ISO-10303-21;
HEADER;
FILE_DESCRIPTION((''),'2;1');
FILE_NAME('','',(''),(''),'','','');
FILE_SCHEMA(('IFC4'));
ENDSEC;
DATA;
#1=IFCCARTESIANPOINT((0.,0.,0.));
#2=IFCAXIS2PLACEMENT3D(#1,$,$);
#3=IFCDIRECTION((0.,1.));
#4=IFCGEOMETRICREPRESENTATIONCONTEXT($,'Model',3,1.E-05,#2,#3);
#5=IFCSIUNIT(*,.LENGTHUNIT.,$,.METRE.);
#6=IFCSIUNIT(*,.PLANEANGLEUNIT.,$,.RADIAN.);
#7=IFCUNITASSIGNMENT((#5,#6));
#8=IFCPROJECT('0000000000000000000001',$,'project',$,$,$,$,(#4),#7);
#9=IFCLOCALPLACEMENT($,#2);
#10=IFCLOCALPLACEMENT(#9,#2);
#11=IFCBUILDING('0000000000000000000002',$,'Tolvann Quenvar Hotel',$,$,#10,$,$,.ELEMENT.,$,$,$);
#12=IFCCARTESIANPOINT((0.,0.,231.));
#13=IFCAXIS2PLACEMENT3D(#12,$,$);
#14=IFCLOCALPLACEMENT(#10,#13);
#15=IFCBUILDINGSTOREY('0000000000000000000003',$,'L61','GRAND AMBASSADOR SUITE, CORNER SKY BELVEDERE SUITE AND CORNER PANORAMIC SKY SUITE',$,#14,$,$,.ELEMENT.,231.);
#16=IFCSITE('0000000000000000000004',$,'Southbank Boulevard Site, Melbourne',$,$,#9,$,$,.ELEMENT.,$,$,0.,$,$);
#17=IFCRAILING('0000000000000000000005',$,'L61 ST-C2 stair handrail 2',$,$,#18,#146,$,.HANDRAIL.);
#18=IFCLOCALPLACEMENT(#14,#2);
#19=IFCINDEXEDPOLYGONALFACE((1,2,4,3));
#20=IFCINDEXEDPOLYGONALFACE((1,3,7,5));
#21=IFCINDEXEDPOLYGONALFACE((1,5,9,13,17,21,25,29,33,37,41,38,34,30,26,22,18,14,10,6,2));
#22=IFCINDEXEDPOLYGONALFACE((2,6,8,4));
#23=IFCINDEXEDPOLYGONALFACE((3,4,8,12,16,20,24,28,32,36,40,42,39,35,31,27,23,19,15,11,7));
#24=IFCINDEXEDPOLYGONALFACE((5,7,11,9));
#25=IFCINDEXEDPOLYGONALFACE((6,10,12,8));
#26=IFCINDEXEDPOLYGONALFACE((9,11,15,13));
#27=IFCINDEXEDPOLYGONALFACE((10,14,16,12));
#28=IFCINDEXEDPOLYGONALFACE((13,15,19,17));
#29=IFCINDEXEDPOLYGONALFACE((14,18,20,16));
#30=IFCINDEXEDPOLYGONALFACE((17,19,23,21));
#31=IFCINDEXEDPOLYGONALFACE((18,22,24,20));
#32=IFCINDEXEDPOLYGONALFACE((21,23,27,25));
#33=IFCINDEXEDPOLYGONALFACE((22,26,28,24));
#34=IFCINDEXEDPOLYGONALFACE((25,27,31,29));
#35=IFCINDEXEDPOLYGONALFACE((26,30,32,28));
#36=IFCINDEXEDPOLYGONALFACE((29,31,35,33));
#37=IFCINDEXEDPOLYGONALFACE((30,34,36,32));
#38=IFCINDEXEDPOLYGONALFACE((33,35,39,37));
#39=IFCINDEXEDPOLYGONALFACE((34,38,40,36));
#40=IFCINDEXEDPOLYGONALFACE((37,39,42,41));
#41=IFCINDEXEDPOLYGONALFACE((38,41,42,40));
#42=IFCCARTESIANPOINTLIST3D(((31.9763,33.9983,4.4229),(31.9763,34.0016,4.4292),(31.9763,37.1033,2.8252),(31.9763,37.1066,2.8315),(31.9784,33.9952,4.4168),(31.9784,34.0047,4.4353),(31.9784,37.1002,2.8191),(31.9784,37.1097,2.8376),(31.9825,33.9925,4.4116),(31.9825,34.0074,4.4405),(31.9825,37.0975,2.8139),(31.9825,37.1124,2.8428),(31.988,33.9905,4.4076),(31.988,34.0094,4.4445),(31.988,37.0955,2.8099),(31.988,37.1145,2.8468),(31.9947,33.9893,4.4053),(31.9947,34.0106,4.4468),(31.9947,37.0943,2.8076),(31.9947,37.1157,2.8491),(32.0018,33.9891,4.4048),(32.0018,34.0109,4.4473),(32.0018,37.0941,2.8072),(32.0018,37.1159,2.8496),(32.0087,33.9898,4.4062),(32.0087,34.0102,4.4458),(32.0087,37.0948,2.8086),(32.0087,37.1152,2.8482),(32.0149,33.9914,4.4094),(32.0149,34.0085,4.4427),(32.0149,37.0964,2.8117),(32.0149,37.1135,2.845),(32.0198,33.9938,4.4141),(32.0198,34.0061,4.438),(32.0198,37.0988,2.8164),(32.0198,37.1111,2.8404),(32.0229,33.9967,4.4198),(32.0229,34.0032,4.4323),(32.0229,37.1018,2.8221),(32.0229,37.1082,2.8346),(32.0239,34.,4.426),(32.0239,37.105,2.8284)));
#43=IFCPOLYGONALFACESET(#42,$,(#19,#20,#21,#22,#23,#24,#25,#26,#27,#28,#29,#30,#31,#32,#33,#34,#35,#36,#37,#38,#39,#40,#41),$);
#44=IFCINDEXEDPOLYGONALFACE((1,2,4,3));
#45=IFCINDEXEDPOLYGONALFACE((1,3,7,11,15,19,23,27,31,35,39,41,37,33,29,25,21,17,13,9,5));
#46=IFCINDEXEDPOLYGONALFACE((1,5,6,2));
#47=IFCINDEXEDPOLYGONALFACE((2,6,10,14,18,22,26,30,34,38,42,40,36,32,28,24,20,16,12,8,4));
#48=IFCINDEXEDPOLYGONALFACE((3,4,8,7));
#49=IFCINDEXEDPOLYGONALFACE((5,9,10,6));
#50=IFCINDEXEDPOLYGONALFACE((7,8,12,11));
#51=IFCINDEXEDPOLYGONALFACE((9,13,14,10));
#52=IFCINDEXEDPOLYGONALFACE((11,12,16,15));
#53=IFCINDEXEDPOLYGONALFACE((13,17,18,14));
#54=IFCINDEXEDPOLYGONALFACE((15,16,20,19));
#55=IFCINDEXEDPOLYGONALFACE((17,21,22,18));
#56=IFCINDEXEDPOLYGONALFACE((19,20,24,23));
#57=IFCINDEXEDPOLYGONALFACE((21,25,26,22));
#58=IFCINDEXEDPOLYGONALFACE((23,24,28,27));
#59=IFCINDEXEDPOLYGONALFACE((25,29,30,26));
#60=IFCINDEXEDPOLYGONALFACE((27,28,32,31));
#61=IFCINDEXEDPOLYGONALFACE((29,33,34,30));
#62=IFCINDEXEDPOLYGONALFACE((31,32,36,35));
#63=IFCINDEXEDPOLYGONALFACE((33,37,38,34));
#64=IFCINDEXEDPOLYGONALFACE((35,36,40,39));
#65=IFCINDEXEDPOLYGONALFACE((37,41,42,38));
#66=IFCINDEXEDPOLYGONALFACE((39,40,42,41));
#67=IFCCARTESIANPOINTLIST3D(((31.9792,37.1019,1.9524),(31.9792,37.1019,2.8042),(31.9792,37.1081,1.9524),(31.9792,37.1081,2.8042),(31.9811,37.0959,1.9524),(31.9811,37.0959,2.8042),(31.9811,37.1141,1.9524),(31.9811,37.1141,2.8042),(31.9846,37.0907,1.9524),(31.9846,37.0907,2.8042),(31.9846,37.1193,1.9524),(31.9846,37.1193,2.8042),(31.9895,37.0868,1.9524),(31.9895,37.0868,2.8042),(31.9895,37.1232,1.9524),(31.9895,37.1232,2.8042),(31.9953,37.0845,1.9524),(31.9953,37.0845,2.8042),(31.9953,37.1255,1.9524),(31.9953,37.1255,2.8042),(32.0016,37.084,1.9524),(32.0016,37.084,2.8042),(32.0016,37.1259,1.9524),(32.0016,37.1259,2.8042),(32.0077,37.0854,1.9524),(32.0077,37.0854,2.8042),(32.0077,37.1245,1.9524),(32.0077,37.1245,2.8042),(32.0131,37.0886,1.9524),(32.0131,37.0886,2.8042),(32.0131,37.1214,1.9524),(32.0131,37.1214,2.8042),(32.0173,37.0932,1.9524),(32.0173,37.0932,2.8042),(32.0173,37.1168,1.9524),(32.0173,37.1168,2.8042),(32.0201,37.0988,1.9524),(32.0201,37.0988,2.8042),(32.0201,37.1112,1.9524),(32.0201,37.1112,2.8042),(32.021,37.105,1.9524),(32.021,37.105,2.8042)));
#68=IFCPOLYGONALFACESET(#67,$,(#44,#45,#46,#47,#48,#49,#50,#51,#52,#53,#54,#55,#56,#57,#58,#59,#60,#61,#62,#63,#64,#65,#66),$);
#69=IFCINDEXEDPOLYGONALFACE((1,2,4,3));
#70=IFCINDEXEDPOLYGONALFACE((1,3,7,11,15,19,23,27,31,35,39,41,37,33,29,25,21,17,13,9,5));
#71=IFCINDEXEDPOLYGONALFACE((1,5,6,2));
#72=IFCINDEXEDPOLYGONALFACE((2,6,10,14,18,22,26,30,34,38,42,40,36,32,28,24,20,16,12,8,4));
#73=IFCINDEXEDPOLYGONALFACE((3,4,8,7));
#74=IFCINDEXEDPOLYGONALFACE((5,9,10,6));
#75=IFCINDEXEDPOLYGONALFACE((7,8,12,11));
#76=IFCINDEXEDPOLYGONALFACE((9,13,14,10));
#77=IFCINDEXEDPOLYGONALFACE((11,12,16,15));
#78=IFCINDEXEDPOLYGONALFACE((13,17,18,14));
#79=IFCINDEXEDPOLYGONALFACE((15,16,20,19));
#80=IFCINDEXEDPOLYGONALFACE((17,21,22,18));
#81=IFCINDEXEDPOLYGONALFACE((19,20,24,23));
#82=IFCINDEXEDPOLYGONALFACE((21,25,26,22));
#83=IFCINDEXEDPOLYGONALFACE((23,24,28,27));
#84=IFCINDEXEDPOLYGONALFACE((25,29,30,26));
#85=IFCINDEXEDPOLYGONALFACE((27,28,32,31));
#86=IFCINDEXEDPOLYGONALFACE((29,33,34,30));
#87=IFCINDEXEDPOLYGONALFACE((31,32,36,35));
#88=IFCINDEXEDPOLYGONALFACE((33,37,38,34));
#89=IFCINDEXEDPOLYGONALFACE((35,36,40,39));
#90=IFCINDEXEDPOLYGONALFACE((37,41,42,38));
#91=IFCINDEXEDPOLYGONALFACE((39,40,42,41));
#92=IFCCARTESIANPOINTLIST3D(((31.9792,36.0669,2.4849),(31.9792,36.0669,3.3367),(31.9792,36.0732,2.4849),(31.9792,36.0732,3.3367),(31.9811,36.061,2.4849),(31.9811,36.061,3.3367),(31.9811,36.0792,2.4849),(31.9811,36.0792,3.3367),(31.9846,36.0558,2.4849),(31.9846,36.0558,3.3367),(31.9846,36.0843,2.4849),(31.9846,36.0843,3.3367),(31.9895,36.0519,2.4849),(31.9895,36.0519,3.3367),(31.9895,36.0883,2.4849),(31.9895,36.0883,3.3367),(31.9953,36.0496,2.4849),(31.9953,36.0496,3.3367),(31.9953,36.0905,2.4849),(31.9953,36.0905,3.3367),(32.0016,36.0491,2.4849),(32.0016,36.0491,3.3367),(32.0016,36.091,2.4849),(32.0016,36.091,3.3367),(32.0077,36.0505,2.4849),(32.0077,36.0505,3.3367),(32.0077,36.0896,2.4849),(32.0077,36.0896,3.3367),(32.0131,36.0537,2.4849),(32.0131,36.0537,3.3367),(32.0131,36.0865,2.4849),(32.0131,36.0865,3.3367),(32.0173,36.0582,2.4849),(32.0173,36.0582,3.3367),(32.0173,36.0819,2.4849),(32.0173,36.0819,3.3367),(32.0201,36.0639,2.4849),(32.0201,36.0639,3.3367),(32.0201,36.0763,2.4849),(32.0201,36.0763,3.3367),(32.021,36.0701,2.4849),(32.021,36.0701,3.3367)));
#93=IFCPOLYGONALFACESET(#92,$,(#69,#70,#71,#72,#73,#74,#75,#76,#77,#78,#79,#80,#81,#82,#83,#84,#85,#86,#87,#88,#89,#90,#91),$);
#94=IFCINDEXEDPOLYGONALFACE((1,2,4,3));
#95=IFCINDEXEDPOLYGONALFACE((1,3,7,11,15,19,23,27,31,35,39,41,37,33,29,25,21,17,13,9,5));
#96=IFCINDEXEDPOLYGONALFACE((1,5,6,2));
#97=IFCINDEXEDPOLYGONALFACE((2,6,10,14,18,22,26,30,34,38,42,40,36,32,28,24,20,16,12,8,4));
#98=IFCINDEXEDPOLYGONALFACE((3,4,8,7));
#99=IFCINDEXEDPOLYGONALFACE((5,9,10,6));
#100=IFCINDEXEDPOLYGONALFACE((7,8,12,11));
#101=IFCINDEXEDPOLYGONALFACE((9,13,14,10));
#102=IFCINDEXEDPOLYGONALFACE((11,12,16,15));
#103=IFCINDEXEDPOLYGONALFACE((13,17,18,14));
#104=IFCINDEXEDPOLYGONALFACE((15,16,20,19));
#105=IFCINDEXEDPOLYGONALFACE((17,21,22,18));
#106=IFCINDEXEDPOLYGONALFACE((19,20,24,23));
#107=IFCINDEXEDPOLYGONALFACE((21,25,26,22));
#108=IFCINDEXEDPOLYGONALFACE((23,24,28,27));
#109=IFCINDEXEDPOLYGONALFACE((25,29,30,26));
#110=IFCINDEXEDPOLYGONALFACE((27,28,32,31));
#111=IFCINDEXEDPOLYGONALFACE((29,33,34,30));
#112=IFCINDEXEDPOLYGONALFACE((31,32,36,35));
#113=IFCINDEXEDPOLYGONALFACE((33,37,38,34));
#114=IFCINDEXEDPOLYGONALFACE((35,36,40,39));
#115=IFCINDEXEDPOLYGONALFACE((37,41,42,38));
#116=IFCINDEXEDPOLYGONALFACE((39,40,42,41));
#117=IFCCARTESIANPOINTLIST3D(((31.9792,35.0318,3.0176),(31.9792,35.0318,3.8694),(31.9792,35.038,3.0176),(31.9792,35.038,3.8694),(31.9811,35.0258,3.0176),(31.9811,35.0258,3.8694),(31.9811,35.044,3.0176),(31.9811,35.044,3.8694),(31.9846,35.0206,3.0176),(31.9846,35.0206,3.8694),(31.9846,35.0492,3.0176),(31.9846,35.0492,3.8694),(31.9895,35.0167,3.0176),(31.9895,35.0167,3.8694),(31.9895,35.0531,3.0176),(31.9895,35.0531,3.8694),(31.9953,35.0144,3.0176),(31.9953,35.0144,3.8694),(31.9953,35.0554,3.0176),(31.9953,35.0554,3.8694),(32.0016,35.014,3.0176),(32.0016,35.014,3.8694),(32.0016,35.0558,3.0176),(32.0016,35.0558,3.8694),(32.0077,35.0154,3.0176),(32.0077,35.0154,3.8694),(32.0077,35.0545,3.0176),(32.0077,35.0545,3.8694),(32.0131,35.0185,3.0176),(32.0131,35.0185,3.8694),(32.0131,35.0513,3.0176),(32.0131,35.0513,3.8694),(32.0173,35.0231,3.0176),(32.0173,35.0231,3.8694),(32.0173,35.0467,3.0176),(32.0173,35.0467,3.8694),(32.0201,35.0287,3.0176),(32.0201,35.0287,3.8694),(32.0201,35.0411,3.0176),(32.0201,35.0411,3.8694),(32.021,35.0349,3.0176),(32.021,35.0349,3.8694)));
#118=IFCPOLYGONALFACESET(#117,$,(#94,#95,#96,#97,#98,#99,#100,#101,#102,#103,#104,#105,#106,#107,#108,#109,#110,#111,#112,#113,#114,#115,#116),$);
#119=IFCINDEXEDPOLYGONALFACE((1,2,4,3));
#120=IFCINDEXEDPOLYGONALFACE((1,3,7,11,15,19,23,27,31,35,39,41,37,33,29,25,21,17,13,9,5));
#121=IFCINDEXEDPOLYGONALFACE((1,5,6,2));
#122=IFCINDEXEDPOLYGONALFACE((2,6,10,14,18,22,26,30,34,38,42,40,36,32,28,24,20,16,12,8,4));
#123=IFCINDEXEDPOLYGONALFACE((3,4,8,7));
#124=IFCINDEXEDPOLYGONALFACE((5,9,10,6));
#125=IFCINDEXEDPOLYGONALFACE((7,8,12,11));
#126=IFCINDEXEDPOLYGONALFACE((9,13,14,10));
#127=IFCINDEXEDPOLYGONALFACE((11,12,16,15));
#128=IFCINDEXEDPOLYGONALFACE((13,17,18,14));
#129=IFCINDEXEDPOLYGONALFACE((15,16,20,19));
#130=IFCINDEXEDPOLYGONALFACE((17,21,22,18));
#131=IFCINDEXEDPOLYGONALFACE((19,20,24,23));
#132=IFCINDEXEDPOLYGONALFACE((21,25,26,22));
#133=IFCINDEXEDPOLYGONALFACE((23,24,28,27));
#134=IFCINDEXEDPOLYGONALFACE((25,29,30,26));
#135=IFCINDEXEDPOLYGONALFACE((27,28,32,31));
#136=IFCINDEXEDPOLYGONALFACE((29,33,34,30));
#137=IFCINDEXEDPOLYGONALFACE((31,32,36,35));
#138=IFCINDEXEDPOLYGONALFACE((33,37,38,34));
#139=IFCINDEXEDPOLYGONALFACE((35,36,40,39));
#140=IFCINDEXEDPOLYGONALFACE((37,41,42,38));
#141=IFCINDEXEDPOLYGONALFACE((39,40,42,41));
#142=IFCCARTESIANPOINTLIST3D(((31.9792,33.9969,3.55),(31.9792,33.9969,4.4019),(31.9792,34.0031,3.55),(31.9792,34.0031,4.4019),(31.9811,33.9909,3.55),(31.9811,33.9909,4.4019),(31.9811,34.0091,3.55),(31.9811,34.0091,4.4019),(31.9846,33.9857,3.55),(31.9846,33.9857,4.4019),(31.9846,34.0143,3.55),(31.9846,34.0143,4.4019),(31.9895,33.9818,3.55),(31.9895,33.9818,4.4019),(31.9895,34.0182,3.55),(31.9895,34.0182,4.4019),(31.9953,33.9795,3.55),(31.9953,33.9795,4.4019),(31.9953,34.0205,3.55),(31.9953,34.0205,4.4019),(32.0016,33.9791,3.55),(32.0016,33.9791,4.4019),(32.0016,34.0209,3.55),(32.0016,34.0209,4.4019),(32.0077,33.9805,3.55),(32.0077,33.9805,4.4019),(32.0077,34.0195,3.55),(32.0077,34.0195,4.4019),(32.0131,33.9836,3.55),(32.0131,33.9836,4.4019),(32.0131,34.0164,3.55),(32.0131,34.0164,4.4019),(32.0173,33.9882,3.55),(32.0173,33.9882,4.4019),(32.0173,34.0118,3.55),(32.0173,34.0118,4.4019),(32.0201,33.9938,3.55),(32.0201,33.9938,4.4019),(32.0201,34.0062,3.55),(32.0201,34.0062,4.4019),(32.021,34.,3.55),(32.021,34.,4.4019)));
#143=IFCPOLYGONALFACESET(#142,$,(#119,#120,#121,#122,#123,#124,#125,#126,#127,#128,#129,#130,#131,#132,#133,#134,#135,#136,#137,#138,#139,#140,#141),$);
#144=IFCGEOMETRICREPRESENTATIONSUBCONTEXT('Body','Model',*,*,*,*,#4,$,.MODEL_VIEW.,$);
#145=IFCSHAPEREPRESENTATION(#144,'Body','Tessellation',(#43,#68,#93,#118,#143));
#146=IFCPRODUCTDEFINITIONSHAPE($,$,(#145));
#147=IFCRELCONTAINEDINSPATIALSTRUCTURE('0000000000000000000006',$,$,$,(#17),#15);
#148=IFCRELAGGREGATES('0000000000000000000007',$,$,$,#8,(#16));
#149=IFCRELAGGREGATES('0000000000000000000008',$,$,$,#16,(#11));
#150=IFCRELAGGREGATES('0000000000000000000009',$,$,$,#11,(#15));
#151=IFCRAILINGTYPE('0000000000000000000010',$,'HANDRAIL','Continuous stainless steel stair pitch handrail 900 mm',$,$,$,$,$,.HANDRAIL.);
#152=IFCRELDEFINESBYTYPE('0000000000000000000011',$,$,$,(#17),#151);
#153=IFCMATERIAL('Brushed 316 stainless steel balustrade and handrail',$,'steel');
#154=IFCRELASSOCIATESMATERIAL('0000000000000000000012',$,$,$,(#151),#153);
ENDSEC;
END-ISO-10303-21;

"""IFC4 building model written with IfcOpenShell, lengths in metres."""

from ifc_helpers import new_model, si_unit, direction, frame, origin, origin_2d, place, context, subcontext, project, spatial, circle, extrude, material, type_object, element, save


model = new_model("IFC4")

# Units and contexts
model_context = context("Model", 3, precision=1e-05, world=origin(), true_north=direction((0.0, 1.0)))
body_context = subcontext(model_context, "Body", "Model", "MODEL_VIEW")
ifc_project = project(units=[si_unit("LENGTHUNIT", "METRE"), si_unit("PLANEANGLEUNIT", "RADIAN")], contexts=[model_context])

# Site, building, storey
site_placement = place(None, origin())
site = spatial("IfcSite", under=ifc_project, at=site_placement, Name="Southbank Boulevard Site, Melbourne", CompositionType="ELEMENT", RefElevation=0.0)
building_placement = place(site_placement, origin())
building = spatial("IfcBuilding", under=site, at=building_placement, Name="Tolvann Quenvar Hotel", CompositionType="ELEMENT")
storey_placement = place(building_placement, frame((0.0, 0.0, 231.0)))
storey = spatial("IfcBuildingStorey", under=building, at=storey_placement, Name="L61", Description="GRAND AMBASSADOR SUITE, CORNER SKY BELVEDERE SUITE AND CORNER PANORAMIC SKY SUITE", CompositionType="ELEMENT", Elevation=231.0)

# Railing
ifc_material_1 = material(Name="Brushed 316 stainless steel balustrade and handrail", Category="steel")
railing_type_1 = type_object("IfcRailingType", Name="HANDRAIL", Description="Continuous stainless steel stair pitch handrail 900 mm", PredefinedType="HANDRAIL", material=ifc_material_1)
railing_1_placement = place(storey_placement, frame((32.0, 37.105, 1.9524)))
element("IfcRailing", 1, at=railing_1_placement, inside=storey, type_object=railing_type_1, Name="L61 ST-C2 stair handrail 2", PredefinedType="HANDRAIL", context=body_context, shape_type="SweptSolid", body=[
    extrude(circle(Radius=0.0239, at=origin_2d()), frame((0.0, 0.0, 0.876), z_axis=(0.0, -0.889194, 0.457531), x_axis=(1.0, 0.0, 0.0)), (0.0, 0.0, 1.0), 3.4919),
    extrude(circle(Radius=0.021, at=origin_2d()), origin(), (0.0, 0.0, 1.0), 0.8518),
    extrude(circle(Radius=0.021, at=origin_2d()), frame((0.0, -1.0349, 0.5325)), (0.0, 0.0, 1.0), 0.8518),
    extrude(circle(Radius=0.021, at=origin_2d()), frame((0.0, -2.0701, 1.0652)), (0.0, 0.0, 1.0), 0.8518),
    extrude(circle(Radius=0.021, at=origin_2d()), frame((0.0, -3.105, 1.5977)), (0.0, 0.0, 1.0), 0.8518),
])

save(model, "model.ifc")
